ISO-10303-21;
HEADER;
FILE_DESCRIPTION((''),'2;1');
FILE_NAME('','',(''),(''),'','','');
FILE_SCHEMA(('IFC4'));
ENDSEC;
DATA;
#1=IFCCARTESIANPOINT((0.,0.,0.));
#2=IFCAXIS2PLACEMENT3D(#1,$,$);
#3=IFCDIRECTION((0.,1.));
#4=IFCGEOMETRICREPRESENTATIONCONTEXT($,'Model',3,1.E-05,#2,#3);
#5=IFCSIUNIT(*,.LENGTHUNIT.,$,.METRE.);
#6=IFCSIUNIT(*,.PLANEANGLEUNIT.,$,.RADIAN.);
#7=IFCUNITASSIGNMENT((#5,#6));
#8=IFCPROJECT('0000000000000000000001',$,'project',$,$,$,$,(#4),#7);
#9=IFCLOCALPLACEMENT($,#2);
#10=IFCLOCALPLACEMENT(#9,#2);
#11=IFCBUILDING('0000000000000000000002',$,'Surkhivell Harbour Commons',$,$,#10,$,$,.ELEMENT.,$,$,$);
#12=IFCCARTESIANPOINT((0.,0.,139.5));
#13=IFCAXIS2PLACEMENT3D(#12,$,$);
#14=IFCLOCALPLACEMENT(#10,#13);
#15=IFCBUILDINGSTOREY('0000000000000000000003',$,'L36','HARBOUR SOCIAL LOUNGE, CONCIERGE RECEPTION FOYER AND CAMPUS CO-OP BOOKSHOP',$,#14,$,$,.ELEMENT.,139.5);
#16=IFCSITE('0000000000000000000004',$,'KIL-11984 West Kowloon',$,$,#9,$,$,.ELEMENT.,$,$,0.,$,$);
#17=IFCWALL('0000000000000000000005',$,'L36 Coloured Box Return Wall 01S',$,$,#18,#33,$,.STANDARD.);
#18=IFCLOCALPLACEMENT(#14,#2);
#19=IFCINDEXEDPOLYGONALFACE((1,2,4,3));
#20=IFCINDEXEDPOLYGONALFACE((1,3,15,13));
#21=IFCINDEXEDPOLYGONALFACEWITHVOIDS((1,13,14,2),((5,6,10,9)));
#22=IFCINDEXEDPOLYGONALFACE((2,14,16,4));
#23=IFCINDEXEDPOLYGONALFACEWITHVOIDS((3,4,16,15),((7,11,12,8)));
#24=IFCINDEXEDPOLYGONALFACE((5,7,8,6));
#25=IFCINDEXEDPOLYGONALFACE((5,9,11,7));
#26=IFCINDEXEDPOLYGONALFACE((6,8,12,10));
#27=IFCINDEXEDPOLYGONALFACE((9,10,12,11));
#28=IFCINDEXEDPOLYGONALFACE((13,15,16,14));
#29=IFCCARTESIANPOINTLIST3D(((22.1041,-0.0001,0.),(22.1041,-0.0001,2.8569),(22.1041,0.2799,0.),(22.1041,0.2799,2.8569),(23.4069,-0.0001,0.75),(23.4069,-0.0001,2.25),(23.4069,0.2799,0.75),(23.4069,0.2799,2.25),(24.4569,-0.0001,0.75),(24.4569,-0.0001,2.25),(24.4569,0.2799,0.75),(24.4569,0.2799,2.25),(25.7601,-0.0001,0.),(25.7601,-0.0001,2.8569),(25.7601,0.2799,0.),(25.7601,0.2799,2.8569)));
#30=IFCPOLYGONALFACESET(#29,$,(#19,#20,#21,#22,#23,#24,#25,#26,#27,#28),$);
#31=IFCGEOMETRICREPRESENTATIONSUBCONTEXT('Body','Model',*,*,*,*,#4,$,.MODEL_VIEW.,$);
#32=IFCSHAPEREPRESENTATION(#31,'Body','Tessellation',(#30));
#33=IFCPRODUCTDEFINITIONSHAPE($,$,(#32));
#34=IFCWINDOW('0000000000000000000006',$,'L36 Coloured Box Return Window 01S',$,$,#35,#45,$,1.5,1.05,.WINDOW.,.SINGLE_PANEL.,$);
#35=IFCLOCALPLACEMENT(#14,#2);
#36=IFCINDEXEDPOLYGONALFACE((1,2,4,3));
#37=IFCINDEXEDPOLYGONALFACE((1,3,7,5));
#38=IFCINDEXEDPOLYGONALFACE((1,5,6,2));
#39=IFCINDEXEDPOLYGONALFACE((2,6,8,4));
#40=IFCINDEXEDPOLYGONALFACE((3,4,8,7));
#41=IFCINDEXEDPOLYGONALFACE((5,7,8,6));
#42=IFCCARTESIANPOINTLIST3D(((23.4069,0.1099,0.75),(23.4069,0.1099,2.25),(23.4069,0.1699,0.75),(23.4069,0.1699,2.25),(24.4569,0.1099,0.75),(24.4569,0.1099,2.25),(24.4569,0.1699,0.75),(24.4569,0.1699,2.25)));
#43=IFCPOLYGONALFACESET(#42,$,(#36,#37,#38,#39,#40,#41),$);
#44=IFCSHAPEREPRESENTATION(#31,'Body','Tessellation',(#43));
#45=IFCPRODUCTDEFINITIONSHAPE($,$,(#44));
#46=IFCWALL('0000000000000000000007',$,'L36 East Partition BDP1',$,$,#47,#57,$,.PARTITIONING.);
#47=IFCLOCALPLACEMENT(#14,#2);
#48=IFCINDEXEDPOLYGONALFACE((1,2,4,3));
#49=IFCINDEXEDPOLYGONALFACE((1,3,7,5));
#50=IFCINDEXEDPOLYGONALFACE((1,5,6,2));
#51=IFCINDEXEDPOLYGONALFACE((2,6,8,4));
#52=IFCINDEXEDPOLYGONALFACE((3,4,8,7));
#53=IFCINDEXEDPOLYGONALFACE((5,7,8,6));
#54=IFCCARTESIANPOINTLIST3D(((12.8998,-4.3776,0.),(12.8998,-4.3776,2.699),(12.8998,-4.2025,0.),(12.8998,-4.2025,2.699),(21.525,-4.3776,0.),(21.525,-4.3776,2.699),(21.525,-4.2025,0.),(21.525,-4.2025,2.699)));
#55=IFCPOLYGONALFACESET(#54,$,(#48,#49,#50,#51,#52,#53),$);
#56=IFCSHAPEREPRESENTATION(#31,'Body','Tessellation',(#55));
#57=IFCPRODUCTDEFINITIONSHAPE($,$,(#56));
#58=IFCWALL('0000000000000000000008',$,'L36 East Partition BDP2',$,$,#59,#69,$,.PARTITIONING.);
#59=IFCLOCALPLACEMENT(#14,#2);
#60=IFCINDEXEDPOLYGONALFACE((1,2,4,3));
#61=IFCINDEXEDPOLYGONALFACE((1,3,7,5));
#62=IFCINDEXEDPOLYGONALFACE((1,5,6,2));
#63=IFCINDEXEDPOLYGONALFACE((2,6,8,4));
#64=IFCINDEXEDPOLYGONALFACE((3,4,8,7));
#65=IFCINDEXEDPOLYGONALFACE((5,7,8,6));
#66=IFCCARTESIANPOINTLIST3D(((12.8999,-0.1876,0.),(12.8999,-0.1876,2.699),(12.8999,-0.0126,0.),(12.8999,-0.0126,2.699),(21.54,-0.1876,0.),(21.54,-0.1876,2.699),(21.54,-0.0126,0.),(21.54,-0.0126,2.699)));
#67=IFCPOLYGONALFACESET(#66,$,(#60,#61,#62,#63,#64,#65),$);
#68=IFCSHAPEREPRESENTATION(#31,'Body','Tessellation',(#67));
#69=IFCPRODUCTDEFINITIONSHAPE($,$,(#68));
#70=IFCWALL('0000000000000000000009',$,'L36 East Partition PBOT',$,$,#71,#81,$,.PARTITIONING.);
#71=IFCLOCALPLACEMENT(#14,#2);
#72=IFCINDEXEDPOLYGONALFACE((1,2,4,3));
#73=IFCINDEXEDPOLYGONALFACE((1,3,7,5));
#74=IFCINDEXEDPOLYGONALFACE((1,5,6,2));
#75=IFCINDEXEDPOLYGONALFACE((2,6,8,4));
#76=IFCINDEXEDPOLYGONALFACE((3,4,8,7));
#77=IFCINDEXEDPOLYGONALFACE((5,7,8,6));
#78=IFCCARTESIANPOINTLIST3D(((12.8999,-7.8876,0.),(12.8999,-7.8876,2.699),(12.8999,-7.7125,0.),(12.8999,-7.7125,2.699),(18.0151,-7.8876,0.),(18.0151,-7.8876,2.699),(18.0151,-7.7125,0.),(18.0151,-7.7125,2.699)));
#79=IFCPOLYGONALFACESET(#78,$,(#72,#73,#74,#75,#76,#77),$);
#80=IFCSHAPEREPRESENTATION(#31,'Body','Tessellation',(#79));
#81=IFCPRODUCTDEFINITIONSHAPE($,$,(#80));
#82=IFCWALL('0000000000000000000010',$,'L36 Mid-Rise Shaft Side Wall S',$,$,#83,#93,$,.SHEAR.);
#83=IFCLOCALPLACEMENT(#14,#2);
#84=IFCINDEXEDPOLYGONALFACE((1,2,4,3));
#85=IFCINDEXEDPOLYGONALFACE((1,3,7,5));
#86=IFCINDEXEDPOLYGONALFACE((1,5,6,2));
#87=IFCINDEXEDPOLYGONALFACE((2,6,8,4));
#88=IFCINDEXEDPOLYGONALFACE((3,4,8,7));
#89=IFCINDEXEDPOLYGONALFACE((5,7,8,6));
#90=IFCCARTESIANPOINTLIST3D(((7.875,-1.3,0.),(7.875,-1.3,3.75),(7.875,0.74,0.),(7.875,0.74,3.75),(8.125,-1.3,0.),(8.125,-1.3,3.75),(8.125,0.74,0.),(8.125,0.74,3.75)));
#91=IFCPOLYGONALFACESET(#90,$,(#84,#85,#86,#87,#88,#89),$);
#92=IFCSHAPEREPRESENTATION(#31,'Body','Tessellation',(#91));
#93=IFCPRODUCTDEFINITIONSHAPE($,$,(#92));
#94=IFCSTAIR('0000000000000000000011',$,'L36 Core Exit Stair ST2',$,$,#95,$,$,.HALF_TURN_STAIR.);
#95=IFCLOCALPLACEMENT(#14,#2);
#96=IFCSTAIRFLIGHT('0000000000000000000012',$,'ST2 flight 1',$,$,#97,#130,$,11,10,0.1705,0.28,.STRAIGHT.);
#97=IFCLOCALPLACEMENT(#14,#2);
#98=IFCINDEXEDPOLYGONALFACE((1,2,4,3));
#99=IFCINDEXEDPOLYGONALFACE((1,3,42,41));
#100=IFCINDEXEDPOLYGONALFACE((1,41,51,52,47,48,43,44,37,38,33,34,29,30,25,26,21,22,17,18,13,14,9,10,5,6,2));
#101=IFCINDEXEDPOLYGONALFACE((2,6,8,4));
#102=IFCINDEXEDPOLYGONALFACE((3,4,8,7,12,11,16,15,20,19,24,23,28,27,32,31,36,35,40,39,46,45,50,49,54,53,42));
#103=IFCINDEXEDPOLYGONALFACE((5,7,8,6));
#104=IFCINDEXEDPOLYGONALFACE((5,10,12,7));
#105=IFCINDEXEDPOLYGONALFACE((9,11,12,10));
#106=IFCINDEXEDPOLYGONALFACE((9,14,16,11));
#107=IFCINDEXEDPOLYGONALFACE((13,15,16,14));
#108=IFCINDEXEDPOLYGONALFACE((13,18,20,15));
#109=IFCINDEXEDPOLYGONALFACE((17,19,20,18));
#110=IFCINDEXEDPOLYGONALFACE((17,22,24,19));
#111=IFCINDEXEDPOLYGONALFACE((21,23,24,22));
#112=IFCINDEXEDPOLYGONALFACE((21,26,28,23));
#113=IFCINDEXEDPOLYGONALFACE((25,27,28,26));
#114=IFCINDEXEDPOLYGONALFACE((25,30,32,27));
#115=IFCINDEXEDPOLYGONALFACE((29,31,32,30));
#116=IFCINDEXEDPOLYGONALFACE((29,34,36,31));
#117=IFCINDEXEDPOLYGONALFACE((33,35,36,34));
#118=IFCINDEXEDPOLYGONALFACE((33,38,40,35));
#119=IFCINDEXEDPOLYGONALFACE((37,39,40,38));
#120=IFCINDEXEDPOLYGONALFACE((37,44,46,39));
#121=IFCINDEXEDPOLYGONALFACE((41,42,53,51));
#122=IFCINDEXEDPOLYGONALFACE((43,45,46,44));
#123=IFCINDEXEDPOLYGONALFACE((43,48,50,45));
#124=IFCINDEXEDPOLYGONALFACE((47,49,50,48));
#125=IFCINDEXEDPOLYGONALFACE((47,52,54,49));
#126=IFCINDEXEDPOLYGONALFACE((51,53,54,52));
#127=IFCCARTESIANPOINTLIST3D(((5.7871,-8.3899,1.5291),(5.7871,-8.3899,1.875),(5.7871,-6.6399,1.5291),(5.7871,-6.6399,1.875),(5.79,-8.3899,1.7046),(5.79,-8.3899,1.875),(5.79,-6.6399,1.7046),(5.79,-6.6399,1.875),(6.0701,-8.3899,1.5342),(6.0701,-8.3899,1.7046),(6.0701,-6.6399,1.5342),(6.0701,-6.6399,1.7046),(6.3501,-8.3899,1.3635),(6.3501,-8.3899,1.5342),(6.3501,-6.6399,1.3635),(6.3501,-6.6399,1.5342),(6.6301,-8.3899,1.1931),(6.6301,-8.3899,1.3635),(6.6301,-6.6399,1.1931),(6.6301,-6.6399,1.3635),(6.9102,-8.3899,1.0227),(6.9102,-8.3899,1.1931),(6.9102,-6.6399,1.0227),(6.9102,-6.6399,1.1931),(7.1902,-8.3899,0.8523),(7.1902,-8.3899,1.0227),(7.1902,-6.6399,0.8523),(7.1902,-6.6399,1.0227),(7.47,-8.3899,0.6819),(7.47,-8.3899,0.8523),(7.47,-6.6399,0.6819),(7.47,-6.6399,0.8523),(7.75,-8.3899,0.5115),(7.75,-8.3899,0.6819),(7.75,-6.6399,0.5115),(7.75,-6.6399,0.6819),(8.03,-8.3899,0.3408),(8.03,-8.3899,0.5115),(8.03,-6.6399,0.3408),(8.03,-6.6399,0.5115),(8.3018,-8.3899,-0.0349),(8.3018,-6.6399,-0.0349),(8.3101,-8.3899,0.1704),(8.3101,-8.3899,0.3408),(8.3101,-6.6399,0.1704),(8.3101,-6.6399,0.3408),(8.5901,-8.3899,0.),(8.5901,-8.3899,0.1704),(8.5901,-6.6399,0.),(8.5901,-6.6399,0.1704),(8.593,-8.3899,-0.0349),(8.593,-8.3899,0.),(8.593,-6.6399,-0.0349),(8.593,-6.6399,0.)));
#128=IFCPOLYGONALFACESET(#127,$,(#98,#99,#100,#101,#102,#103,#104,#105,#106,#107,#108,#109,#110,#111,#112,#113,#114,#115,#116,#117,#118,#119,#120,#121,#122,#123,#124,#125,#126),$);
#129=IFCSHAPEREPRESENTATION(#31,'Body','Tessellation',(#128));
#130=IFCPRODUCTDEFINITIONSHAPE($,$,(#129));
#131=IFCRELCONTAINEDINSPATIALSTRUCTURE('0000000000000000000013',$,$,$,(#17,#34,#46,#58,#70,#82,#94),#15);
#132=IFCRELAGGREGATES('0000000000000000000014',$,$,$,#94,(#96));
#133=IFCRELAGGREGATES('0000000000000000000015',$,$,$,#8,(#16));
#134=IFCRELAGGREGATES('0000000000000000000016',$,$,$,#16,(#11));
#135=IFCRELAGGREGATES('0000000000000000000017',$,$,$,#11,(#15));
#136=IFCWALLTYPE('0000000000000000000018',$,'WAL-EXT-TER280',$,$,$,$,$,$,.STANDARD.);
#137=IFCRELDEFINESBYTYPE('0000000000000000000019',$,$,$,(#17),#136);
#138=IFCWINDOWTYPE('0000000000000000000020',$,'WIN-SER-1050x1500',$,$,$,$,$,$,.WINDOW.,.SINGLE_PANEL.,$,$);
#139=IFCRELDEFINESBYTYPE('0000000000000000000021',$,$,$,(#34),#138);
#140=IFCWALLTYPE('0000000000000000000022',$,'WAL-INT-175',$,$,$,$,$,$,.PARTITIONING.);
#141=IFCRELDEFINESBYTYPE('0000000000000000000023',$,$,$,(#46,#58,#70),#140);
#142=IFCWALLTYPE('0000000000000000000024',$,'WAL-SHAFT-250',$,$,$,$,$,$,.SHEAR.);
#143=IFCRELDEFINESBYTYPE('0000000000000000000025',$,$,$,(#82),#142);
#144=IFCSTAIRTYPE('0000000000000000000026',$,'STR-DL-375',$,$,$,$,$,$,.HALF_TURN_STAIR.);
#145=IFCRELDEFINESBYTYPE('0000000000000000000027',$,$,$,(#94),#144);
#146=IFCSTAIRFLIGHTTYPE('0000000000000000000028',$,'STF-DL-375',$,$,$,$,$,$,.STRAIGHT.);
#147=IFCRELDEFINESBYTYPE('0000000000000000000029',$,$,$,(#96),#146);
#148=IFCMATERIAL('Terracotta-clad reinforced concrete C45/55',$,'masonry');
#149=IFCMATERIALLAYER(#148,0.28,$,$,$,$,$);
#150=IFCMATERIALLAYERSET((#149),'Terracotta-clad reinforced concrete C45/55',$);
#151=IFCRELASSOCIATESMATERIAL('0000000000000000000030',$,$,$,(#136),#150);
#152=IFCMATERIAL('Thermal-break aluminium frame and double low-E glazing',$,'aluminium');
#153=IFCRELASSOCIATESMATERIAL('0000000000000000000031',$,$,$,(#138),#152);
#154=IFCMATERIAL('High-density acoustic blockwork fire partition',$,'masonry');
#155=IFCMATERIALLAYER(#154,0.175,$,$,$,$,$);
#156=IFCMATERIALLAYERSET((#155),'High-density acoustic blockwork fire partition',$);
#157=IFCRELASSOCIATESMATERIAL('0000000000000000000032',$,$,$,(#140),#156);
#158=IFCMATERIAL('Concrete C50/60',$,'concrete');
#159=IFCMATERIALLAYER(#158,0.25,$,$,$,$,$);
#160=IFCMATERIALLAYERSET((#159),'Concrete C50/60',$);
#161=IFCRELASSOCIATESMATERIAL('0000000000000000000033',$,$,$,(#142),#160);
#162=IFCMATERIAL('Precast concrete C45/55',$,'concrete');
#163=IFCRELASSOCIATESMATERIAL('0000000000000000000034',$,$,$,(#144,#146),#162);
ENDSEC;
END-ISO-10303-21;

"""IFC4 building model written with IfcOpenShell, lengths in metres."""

from ifc_helpers import new_model, si_unit, direction, frame, frame_2d, origin, place, context, subcontext, project, spatial, polyline, rectangle, outline, extrude, material, layer, layer_set, type_object, element, fill, aggregate, save


model = new_model("IFC4")

# Units and contexts
model_context = context("Model", 3, precision=1e-05, world=origin(), true_north=direction((0.0, 1.0)))
body_context = subcontext(model_context, "Body", "Model", "MODEL_VIEW")
ifc_project = project(units=[si_unit("LENGTHUNIT", "METRE"), si_unit("PLANEANGLEUNIT", "RADIAN")], contexts=[model_context])

# Site, building, storey
site_placement = place(None, origin())
site = spatial("IfcSite", under=ifc_project, at=site_placement, Name="KIL-11984 West Kowloon", CompositionType="ELEMENT", RefElevation=0.0)
building_placement = place(site_placement, origin())
building = spatial("IfcBuilding", under=site, at=building_placement, Name="Surkhivell Harbour Commons", CompositionType="ELEMENT")
storey_placement = place(building_placement, frame((0.0, 0.0, 139.5)))
storey = spatial("IfcBuildingStorey", under=building, at=storey_placement, Name="L36", Description="HARBOUR SOCIAL LOUNGE, CONCIERGE RECEPTION FOYER AND CAMPUS CO-OP BOOKSHOP", CompositionType="ELEMENT", Elevation=139.5)

# Wall, opening, window
ifc_material_1 = material(Name="Terracotta-clad reinforced concrete C45/55", Category="masonry")
ifc_layer_1 = layer(ifc_material_1, 0.28)
ifc_layer_set_1 = layer_set([ifc_layer_1], Name="Terracotta-clad reinforced concrete C45/55")
wall_type_1 = type_object("IfcWallType", Name="WAL-EXT-TER280", PredefinedType="STANDARD", material=ifc_layer_set_1)
ifc_material_2 = material(Name="Thermal-break aluminium frame and double low-E glazing", Category="aluminium")
wall_1_placement = place(storey_placement, frame((22.104, 0.1399, 0.0), z_axis=(0.0, 0.0, 1.0), x_axis=(1.0, 0.0, 0.0)))
wall_1 = element("IfcWall", 1, at=wall_1_placement, inside=storey, type_object=wall_type_1, Name="L36 Coloured Box Return Wall 01S", PredefinedType="STANDARD", context=body_context, shape_type="SweptSolid", body=[
    extrude(rectangle(XDim=3.656, YDim=0.28, at=frame_2d((1.8281, 0.0))), origin(), (0.0, 0.0, 1.0), 2.8569),
])
opening_1_placement = place(wall_1_placement, frame((1.303, 0.0, 0.75)))
opening_1 = element("IfcOpeningElement", 2, at=opening_1_placement, cuts=wall_1, PredefinedType="OPENING", context=body_context, shape_type="SweptSolid", body=[
    extrude(rectangle(XDim=1.05, YDim=1.5, at=frame_2d((0.5249, 0.75))), frame((0.0, 0.1499, 0.0), z_axis=(0.0, -1.0, 0.0), x_axis=(1.0, 0.0, 0.0)), (0.0, 0.0, 1.0), 0.3),
])
window_type_1 = type_object("IfcWindowType", Name="WIN-SER-1050x1500", PartitioningType="SINGLE_PANEL", PredefinedType="WINDOW", material=ifc_material_2)
window_1_placement = place(opening_1_placement, origin())
window_1 = element("IfcWindow", 3, at=window_1_placement, inside=storey, type_object=window_type_1, Name="L36 Coloured Box Return Window 01S", OverallHeight=1.5, OverallWidth=1.05, PartitioningType="SINGLE_PANEL", PredefinedType="WINDOW", context=body_context, shape_type="SweptSolid", body=[
    extrude(rectangle(XDim=1.05, YDim=1.5, at=frame_2d((0.5249, 0.75))), frame((0.0, 0.03, 0.0), z_axis=(0.0, -1.0, 0.0), x_axis=(1.0, 0.0, 0.0)), (0.0, 0.0, 1.0), 0.0601),
])
fill(opening_1, window_1)

# Walls
ifc_material_3 = material(Name="High-density acoustic blockwork fire partition", Category="masonry")
ifc_layer_2 = layer(ifc_material_3, 0.175)
ifc_layer_set_2 = layer_set([ifc_layer_2], Name="High-density acoustic blockwork fire partition")
wall_type_2 = type_object("IfcWallType", Name="WAL-INT-175", PredefinedType="PARTITIONING", material=ifc_layer_set_2)
wall_2_placement = place(storey_placement, frame((12.8999, -4.29, 0.0), z_axis=(0.0, 0.0, 1.0), x_axis=(1.0, 0.0, 0.0)))
element("IfcWall", 4, at=wall_2_placement, inside=storey, type_object=wall_type_2, Name="L36 East Partition BDP1", PredefinedType="PARTITIONING", context=body_context, shape_type="SweptSolid", body=[
    extrude(rectangle(XDim=8.6252, YDim=0.175, at=frame_2d((4.3125, 0.0))), origin(), (0.0, 0.0, 1.0), 2.699),
])
wall_3_placement = place(storey_placement, frame((12.8999, -0.1001, 0.0), z_axis=(0.0, 0.0, 1.0), x_axis=(1.0, 0.0, 0.0)))
element("IfcWall", 5, at=wall_3_placement, inside=storey, type_object=wall_type_2, Name="L36 East Partition BDP2", PredefinedType="PARTITIONING", context=body_context, shape_type="SweptSolid", body=[
    extrude(rectangle(XDim=8.6401, YDim=0.175, at=frame_2d((4.3201, 0.0))), origin(), (0.0, 0.0, 1.0), 2.699),
])
wall_4_placement = place(storey_placement, frame((12.8999, -7.8, 0.0), z_axis=(0.0, 0.0, 1.0), x_axis=(1.0, 0.0, 0.0)))
element("IfcWall", 6, at=wall_4_placement, inside=storey, type_object=wall_type_2, Name="L36 East Partition PBOT", PredefinedType="PARTITIONING", context=body_context, shape_type="SweptSolid", body=[
    extrude(rectangle(XDim=5.1152, YDim=0.175, at=frame_2d((2.5576, 0.0))), origin(), (0.0, 0.0, 1.0), 2.699),
])
ifc_material_4 = material(Name="Concrete C50/60", Category="concrete")
ifc_layer_3 = layer(ifc_material_4, 0.25)
ifc_layer_set_3 = layer_set([ifc_layer_3], Name="Concrete C50/60")
wall_type_3 = type_object("IfcWallType", Name="WAL-SHAFT-250", PredefinedType="SHEAR", material=ifc_layer_set_3)
wall_5_placement = place(storey_placement, frame((8.0, -1.3, 0.0), z_axis=(0.0, 0.0, 1.0), x_axis=(0.0, 1.0, 0.0)))
element("IfcWall", 7, at=wall_5_placement, inside=storey, type_object=wall_type_3, Name="L36 Mid-Rise Shaft Side Wall S", PredefinedType="SHEAR", context=body_context, shape_type="SweptSolid", body=[
    extrude(rectangle(XDim=2.04, YDim=0.25, at=frame_2d((1.02, 0.0))), origin(), (0.0, 0.0, 1.0), 3.75),
])

# Stair, stair flight
ifc_material_5 = material(Name="Precast concrete C45/55", Category="concrete")
stair_type = type_object("IfcStairType", Name="STR-DL-375", PredefinedType="HALF_TURN_STAIR", material=ifc_material_5)
stair_placement = place(storey_placement, origin())
stair = element("IfcStair", 8, at=stair_placement, inside=storey, type_object=stair_type, Name="L36 Core Exit Stair ST2", PredefinedType="HALF_TURN_STAIR")
stair_flight_type = type_object("IfcStairFlightType", Name="STF-DL-375", PredefinedType="STRAIGHT", material=ifc_material_5)
stair_flight_placement = place(storey_placement, frame((8.5901, -7.5149, 0.0), z_axis=(0.0, 0.0, 1.0), x_axis=(-1.0, 0.0, 0.0)))
stair_flight = element("IfcStairFlight", 9, at=stair_flight_placement, type_object=stair_flight_type, Name="ST2 flight 1", NumberOfRisers=11, NumberOfTreads=10, PredefinedType="STRAIGHT", RiserHeight=0.1705, TreadLength=0.28, context=body_context, shape_type="SweptSolid", body=[
    extrude(outline(polyline([(-0.0029, -0.0349), (-0.0029, 0.0), (0.0, 0.0), (0.0, 0.1704), (0.28, 0.1704), (0.28, 0.3408), (0.5601, 0.3408), (0.5601, 0.5115), (0.8401, 0.5115), (0.8401, 0.6819), (1.1201, 0.6819), (1.1201, 0.8523), (1.3999, 0.8523), (1.3999, 1.0227), (1.6799, 1.0227), (1.6799, 1.1931), (1.96, 1.1931), (1.96, 1.3635), (2.24, 1.3635), (2.24, 1.5342), (2.52, 1.5342), (2.52, 1.7046), (2.8, 1.7046), (2.8, 1.875), (2.803, 1.875), (2.803, 1.5291), (0.2883, -0.0349), (-0.0029, -0.0349)])), frame((0.0, 0.875, 0.0), z_axis=(0.0, -1.0, 0.0), x_axis=(1.0, 0.0, 0.0)), (0.0, 0.0, 1.0), 1.75),
])
aggregate(stair, [stair_flight])

save(model, "model.ifc")
